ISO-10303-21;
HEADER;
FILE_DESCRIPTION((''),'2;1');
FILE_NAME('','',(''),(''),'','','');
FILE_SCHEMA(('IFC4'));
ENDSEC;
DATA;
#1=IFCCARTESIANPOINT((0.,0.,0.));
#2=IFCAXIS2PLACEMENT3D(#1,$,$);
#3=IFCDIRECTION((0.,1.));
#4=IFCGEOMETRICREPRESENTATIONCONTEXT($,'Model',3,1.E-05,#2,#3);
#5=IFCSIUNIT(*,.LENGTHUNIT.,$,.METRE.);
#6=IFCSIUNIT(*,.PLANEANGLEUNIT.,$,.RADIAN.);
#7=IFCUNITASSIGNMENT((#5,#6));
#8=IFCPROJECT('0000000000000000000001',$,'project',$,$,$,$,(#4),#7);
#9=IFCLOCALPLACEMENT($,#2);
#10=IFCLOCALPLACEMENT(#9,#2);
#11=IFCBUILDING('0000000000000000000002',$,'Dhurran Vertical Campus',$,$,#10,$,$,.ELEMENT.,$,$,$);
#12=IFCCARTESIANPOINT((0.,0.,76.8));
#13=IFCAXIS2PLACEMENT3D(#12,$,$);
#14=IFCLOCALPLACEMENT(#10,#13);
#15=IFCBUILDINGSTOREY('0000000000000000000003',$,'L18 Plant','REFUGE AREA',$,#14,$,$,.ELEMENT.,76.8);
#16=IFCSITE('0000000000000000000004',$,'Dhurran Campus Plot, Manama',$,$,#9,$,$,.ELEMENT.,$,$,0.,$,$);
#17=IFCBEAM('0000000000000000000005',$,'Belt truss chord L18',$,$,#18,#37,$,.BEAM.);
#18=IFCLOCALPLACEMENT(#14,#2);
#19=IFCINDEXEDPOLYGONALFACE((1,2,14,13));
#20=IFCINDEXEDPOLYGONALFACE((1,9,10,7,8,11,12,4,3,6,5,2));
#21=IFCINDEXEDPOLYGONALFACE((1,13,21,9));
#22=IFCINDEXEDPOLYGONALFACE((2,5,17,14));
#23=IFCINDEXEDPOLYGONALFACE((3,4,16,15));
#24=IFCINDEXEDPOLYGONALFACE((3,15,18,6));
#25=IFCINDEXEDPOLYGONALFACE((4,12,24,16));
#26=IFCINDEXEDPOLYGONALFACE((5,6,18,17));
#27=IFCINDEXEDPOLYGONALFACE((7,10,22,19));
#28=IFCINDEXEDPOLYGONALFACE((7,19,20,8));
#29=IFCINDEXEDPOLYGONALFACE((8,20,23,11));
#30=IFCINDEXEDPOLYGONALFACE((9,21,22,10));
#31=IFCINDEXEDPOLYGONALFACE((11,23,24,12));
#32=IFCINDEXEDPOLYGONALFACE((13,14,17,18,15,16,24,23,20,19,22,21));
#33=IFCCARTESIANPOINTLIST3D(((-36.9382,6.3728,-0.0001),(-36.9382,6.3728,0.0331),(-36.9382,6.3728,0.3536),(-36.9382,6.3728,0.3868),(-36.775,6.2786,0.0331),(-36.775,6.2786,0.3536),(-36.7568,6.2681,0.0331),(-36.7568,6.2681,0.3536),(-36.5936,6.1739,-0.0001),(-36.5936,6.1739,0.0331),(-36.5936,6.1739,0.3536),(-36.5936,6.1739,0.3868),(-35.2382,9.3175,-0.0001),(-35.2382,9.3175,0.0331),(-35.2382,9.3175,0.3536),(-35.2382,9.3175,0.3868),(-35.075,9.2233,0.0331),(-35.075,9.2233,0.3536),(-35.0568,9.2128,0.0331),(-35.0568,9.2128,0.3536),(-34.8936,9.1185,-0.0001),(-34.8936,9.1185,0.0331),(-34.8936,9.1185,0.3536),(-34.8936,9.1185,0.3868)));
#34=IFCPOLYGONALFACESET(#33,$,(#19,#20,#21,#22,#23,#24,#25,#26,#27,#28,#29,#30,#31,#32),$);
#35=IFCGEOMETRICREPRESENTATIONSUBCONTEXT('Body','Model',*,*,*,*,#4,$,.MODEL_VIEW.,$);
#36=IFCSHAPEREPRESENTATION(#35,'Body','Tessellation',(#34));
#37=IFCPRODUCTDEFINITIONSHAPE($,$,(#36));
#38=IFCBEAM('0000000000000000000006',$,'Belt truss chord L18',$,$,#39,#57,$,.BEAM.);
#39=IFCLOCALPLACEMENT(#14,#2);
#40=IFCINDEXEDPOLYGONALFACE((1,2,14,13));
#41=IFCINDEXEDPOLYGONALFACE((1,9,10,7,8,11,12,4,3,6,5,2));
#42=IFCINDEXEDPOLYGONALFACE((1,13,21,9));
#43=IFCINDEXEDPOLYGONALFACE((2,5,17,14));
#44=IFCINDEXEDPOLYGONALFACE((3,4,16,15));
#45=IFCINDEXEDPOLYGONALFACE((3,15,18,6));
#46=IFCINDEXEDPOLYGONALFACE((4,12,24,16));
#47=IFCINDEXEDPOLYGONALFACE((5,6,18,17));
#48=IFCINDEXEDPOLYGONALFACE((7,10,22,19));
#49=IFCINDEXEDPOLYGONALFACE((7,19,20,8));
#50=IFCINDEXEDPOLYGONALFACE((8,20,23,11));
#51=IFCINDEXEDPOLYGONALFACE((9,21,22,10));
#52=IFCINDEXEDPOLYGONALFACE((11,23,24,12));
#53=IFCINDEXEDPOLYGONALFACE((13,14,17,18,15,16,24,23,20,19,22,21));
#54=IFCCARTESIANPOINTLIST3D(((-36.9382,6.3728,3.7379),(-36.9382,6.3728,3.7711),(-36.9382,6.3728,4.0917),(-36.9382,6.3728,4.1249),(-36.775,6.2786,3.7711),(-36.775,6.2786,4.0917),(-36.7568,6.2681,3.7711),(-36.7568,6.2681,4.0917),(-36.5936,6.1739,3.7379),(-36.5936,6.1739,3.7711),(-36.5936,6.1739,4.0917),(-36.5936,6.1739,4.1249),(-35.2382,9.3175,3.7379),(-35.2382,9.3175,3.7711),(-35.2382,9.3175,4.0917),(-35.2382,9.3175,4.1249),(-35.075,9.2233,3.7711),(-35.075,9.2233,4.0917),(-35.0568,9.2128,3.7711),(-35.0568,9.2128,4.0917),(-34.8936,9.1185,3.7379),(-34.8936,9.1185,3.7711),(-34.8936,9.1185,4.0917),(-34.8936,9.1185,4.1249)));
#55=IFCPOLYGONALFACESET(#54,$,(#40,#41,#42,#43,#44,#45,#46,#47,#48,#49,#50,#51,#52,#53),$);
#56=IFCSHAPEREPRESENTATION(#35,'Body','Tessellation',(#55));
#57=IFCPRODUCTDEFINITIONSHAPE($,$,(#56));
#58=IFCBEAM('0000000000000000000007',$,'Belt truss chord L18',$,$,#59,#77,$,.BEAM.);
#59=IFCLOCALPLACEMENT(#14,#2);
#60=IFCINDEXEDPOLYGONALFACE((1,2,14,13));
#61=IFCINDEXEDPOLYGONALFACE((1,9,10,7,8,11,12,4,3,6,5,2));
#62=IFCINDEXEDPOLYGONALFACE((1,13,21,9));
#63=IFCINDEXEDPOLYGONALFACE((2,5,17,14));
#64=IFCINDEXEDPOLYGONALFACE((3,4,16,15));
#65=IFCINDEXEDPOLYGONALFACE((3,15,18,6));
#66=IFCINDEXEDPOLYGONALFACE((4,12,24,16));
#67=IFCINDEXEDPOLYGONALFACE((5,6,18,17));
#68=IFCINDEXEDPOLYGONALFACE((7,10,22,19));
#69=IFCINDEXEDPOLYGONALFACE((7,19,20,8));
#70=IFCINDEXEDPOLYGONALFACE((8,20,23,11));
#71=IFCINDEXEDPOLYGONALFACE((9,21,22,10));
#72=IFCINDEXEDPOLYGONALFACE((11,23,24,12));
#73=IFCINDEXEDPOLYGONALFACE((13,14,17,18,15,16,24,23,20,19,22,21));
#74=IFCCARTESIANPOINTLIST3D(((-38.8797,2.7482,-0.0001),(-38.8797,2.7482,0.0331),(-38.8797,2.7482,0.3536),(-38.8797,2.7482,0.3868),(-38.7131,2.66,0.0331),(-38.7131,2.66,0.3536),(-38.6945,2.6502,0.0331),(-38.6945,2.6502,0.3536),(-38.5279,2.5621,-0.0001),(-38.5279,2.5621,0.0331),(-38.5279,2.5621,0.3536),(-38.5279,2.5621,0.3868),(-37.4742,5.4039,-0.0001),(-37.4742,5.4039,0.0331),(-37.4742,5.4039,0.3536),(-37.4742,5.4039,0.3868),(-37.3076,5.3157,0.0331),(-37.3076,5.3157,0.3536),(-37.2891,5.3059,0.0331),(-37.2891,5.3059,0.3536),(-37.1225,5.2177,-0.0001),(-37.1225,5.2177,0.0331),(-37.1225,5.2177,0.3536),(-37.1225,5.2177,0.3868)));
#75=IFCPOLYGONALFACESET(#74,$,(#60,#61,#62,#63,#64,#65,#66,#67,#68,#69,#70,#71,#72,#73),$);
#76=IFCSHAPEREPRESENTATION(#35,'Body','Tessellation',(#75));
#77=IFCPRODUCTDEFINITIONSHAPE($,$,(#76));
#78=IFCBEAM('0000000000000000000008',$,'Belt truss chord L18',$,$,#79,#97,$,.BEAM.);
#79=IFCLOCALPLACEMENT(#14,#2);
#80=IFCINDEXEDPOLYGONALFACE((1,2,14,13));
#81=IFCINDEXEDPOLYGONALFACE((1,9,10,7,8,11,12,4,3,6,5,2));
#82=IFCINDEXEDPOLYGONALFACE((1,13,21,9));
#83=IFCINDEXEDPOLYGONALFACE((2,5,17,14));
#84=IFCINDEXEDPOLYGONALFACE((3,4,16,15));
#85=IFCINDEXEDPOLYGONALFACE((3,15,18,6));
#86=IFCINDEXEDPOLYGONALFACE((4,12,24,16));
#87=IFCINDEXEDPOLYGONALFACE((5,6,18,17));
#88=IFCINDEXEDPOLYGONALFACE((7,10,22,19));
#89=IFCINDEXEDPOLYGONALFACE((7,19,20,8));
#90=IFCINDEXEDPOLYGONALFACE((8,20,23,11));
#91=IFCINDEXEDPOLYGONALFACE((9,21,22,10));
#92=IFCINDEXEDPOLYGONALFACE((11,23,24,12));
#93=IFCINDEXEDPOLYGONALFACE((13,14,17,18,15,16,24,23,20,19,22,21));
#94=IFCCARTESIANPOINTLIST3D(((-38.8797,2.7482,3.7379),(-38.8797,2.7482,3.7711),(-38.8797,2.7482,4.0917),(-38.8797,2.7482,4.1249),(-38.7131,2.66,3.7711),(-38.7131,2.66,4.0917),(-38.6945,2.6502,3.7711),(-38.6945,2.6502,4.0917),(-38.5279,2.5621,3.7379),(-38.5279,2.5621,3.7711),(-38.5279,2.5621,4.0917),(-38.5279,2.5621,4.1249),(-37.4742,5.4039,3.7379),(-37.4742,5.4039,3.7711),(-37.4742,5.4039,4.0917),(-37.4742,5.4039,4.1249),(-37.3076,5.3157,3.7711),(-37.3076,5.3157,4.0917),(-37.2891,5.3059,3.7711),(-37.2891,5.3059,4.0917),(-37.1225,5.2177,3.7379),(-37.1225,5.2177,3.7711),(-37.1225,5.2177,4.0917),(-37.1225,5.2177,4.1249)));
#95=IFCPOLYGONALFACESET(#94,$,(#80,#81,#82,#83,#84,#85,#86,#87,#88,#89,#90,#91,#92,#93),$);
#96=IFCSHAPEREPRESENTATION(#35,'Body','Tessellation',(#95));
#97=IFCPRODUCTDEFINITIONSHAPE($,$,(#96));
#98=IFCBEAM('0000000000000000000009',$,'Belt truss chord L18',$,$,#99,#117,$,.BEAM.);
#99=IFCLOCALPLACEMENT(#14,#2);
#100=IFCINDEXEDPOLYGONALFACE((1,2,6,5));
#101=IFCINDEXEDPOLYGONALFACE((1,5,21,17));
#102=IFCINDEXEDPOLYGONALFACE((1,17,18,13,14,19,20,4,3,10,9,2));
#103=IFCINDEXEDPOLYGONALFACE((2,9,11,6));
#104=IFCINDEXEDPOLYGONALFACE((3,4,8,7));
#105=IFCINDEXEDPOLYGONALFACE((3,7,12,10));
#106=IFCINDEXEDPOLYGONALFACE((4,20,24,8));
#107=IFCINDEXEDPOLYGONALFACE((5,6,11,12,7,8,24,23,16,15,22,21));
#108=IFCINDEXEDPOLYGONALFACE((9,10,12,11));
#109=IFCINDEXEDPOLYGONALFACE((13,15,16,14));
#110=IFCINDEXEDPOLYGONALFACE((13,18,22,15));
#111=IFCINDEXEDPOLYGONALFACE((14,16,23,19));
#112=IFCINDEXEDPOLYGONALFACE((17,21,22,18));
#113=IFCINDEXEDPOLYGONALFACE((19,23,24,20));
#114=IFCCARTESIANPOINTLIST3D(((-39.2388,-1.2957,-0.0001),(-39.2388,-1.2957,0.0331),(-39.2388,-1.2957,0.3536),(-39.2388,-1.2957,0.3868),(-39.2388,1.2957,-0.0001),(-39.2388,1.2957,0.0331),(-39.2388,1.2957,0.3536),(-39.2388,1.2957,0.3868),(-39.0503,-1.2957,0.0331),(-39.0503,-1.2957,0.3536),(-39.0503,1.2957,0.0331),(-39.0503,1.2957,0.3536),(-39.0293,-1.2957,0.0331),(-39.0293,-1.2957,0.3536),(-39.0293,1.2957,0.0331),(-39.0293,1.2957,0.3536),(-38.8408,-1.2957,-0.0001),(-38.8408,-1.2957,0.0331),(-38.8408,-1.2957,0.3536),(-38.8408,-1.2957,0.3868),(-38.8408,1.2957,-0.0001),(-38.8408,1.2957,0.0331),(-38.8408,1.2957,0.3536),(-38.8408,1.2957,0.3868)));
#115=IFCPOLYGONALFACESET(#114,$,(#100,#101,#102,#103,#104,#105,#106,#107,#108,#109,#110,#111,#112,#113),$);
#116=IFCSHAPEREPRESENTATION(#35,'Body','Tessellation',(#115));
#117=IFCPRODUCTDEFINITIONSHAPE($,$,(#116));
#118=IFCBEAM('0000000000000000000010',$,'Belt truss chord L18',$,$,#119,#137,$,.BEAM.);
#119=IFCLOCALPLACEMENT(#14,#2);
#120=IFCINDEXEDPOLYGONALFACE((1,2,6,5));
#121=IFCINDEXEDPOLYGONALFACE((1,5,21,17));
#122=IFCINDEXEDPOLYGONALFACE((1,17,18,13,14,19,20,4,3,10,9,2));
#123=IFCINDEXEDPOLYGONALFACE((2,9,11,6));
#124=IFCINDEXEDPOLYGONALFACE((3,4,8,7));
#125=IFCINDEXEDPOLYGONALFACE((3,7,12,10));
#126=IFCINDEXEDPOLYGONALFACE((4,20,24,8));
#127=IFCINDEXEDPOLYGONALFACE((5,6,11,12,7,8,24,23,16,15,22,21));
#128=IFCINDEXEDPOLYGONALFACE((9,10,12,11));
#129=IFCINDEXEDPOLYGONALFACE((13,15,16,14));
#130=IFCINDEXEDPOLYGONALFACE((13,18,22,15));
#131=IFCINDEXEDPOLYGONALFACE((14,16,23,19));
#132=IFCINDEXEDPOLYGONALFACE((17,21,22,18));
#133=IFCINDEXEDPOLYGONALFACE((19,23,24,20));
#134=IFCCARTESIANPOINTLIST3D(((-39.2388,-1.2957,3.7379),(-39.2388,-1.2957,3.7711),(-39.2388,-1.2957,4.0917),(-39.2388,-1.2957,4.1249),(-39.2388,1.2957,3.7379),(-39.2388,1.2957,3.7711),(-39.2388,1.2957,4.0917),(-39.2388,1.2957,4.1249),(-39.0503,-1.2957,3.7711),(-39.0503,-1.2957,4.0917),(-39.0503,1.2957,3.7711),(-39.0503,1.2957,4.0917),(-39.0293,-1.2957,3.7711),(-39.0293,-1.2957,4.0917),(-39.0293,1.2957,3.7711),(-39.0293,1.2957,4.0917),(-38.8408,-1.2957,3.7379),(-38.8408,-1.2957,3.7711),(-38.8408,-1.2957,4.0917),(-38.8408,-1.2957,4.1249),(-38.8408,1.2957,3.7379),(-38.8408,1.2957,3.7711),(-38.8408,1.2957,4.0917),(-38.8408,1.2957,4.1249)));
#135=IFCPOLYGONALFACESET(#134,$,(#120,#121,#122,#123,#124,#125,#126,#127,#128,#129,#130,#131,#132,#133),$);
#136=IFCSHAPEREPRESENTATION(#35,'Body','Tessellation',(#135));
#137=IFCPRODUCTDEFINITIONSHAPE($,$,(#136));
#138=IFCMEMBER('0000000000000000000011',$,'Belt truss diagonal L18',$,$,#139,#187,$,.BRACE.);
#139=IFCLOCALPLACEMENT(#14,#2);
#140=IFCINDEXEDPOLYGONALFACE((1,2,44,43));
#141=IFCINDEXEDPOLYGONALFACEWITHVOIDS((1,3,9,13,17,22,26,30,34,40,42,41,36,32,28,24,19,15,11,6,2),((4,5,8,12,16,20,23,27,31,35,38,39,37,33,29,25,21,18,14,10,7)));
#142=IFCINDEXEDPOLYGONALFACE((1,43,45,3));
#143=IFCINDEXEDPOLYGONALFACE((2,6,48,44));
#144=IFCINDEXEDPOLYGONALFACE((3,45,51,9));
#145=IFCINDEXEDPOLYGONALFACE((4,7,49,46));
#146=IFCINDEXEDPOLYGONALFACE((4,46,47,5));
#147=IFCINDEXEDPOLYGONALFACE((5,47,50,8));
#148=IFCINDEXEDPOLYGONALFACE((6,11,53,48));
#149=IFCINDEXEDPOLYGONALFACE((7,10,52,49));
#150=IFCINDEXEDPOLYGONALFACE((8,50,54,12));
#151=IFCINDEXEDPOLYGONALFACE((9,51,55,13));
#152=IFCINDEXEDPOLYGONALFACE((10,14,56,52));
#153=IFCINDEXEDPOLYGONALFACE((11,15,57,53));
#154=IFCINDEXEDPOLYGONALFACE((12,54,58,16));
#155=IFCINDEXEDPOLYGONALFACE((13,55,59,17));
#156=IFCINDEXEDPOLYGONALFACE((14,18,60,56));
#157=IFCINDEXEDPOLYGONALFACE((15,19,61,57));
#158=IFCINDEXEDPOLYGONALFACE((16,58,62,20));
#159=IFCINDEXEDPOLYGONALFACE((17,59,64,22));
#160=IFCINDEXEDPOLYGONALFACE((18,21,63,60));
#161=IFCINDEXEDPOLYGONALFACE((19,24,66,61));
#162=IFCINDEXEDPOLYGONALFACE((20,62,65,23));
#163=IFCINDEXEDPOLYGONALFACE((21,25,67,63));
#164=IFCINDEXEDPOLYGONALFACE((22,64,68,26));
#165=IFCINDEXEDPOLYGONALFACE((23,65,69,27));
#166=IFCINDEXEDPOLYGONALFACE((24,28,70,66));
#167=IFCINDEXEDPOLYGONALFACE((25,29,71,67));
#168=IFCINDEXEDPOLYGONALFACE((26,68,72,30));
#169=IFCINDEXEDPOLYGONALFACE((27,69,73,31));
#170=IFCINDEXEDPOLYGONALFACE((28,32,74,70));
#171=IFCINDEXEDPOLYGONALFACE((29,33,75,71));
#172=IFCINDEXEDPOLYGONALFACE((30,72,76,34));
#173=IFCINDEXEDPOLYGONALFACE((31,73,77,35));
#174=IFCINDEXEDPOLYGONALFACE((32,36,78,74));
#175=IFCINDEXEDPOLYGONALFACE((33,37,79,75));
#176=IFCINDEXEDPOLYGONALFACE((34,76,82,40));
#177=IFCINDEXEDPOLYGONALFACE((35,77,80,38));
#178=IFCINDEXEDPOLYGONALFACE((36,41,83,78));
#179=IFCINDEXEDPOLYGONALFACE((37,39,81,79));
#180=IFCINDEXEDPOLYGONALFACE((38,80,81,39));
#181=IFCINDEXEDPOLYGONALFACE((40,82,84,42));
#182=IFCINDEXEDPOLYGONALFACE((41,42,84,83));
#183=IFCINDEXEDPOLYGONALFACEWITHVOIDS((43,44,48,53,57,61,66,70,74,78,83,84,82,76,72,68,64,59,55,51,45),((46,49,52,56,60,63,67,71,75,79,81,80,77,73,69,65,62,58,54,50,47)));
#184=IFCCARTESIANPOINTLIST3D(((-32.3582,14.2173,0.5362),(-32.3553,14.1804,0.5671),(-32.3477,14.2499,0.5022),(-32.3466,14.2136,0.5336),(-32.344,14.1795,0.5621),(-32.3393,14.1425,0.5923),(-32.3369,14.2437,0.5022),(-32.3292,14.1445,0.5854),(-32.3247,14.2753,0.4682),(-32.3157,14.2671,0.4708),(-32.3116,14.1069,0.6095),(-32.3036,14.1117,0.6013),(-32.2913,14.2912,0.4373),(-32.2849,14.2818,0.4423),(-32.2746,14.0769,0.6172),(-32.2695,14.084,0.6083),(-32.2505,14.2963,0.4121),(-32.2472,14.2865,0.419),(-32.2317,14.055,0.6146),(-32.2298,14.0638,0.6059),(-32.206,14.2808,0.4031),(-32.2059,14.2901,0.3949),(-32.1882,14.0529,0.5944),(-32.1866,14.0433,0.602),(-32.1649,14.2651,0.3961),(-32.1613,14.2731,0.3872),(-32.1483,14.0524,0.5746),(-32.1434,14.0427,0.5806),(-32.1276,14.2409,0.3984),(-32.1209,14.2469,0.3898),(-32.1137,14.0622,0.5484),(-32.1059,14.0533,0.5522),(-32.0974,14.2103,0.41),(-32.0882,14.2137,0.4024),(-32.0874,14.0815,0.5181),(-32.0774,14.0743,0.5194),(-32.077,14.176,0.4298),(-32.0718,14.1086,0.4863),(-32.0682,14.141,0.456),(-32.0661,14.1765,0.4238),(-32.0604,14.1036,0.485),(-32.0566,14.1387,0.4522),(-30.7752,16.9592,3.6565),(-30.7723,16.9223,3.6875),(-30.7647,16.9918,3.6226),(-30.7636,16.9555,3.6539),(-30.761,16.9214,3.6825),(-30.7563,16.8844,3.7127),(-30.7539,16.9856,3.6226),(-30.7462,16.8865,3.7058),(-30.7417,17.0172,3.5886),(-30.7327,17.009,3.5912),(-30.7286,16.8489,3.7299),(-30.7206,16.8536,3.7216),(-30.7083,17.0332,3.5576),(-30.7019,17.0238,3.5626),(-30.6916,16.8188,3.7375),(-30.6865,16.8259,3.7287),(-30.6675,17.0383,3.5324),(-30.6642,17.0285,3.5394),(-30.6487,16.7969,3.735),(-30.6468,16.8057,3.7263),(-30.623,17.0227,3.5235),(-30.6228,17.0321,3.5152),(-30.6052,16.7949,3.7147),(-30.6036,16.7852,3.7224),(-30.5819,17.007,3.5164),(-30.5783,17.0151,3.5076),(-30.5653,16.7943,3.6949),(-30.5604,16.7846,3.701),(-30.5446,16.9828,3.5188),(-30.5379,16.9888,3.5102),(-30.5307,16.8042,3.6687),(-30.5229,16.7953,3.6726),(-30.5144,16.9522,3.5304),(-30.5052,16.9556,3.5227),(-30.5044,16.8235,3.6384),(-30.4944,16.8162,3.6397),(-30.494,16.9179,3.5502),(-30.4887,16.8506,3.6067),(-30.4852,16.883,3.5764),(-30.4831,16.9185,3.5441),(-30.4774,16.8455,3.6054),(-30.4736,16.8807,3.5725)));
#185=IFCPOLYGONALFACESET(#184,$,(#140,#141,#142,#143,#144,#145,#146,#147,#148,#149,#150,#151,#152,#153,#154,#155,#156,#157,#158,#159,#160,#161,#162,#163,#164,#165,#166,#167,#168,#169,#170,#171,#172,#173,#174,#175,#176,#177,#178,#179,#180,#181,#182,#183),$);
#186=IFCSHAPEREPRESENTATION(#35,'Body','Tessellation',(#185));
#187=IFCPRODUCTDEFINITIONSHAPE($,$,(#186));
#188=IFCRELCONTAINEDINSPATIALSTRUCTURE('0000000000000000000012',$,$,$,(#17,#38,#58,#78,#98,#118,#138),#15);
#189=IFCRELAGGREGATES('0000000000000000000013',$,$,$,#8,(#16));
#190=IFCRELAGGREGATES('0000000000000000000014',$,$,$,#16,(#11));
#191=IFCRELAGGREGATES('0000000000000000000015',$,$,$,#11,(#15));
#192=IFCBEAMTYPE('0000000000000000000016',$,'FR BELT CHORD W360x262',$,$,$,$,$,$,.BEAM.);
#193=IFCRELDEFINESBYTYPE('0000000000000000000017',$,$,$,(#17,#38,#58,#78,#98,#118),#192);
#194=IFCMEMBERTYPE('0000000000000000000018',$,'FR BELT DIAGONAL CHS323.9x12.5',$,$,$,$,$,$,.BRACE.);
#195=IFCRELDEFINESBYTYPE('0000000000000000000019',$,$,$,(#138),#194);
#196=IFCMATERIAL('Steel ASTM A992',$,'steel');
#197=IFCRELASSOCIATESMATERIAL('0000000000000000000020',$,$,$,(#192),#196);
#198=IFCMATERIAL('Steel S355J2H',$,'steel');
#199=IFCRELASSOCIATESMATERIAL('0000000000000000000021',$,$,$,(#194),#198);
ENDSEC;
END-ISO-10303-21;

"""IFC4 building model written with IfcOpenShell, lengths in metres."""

from ifc_helpers import new_model, si_unit, direction, frame, origin, origin_2d, place, context, subcontext, project, spatial, hollow_circle, i_section, extrude, material, material_profile, profile_set, type_object, element, save


model = new_model("IFC4")

# Units and contexts
model_context = context("Model", 3, precision=1e-05, world=origin(), true_north=direction((0.0, 1.0)))
body_context = subcontext(model_context, "Body", "Model", "MODEL_VIEW")
ifc_project = project(units=[si_unit("LENGTHUNIT", "METRE"), si_unit("PLANEANGLEUNIT", "RADIAN")], contexts=[model_context])

# Site, building, storey
site_placement = place(None, origin())
site = spatial("IfcSite", under=ifc_project, at=site_placement, Name="Dhurran Campus Plot, Manama", CompositionType="ELEMENT", RefElevation=0.0)
building_placement = place(site_placement, origin())
building = spatial("IfcBuilding", under=site, at=building_placement, Name="Dhurran Vertical Campus", CompositionType="ELEMENT")
storey_placement = place(building_placement, frame((0.0, 0.0, 76.8)))
storey = spatial("IfcBuildingStorey", under=building, at=storey_placement, Name="L18 Plant", Description="REFUGE AREA", CompositionType="ELEMENT", Elevation=76.8)

# Beams
ifc_material_1 = material(Name="Steel ASTM A992", Category="steel")
ifc_material_profile_1 = material_profile(ifc_material_1, i_section(OverallWidth=0.3979, OverallDepth=0.387, WebThickness=0.021, FlangeThickness=0.0332, at=origin_2d()), Name="W360x262")
ifc_profile_set_1 = profile_set([ifc_material_profile_1], Name="Steel ASTM A992")
beam_type = type_object("IfcBeamType", Name="FR BELT CHORD W360x262", PredefinedType="BEAM", material=ifc_profile_set_1)
for number, where, z_axis, x_axis, name in (
    (1, (-35.0659, 9.218, 0.1934), (-0.499977, -0.866039, 0.0), (0.866039, -0.499977, 0.0), "Belt truss chord L18"),
    (2, (-35.0659, 9.218, 3.9314), (-0.499977, -0.866039, 0.0), (0.866039, -0.499977, 0.0), "Belt truss chord L18"),
):
    element("IfcBeam", number, at=place(storey_placement, frame(where, z_axis=z_axis, x_axis=x_axis)), inside=storey, type_object=beam_type, Name=name, PredefinedType="BEAM", context=body_context, shape_type="SweptSolid", body=[
        extrude(i_section(OverallWidth=0.3979, OverallDepth=0.387, WebThickness=0.021, FlangeThickness=0.0332, at=origin_2d()), origin(), (0.0, 0.0, 1.0), 3.4001),
    ])
for number, where, z_axis, x_axis, name in (
    (3, (-37.2983, 5.3108, 0.1934), (-0.467765, -0.883853, 0.0), (0.883853, -0.467765, 0.0), "Belt truss chord L18"),
    (4, (-37.2983, 5.3108, 3.9314), (-0.467765, -0.883853, 0.0), (0.883853, -0.467765, 0.0), "Belt truss chord L18"),
):
    element("IfcBeam", number, at=place(storey_placement, frame(where, z_axis=z_axis, x_axis=x_axis)), inside=storey, type_object=beam_type, Name=name, PredefinedType="BEAM", context=body_context, shape_type="SweptSolid", body=[
        extrude(i_section(OverallWidth=0.3979, OverallDepth=0.387, WebThickness=0.021, FlangeThickness=0.0332, at=origin_2d()), origin(), (0.0, 0.0, 1.0), 3.0046),
    ])
for number, where, z_axis, x_axis, name in (
    (5, (-39.0398, 1.2957, 0.1934), (0.0, -1.0, 0.0), (1.0, 0.0, 0.0), "Belt truss chord L18"),
    (6, (-39.0398, 1.2957, 3.9314), (0.0, -1.0, 0.0), (1.0, 0.0, 0.0), "Belt truss chord L18"),
):
    element("IfcBeam", number, at=place(storey_placement, frame(where, z_axis=z_axis, x_axis=x_axis)), inside=storey, type_object=beam_type, Name=name, PredefinedType="BEAM", context=body_context, shape_type="SweptSolid", body=[
        extrude(i_section(OverallWidth=0.3979, OverallDepth=0.387, WebThickness=0.021, FlangeThickness=0.0332, at=origin_2d()), origin(), (0.0, 0.0, 1.0), 2.5913),
    ])

# Member
ifc_material_2 = material(Name="Steel S355J2H", Category="steel")
ifc_material_profile_2 = material_profile(ifc_material_2, hollow_circle(Radius=0.1619, WallThickness=0.0125, at=origin_2d()), Name="CHS323.9x12.5")
ifc_profile_set_2 = profile_set([ifc_material_profile_2], Name="Steel S355J2H")
member_type = type_object("IfcMemberType", Name="FR BELT DIAGONAL CHS323.9x12.5", PredefinedType="BRACE", material=ifc_profile_set_2)
member_1_placement = place(storey_placement, frame((-32.2075, 14.1689, 0.5022), z_axis=(0.356107, 0.616816, 0.701944), x_axis=(-0.866033, 0.499987, 0.0)))
element("IfcMember", 7, at=member_1_placement, inside=storey, type_object=member_type, Name="Belt truss diagonal L18", PredefinedType="BRACE", context=body_context, shape_type="SweptSolid", body=[
    extrude(hollow_circle(Radius=0.1619, WallThickness=0.0125, at=origin_2d()), origin(), (0.0, 0.0, 1.0), 4.4453),
])

save(model, "model.ifc")
